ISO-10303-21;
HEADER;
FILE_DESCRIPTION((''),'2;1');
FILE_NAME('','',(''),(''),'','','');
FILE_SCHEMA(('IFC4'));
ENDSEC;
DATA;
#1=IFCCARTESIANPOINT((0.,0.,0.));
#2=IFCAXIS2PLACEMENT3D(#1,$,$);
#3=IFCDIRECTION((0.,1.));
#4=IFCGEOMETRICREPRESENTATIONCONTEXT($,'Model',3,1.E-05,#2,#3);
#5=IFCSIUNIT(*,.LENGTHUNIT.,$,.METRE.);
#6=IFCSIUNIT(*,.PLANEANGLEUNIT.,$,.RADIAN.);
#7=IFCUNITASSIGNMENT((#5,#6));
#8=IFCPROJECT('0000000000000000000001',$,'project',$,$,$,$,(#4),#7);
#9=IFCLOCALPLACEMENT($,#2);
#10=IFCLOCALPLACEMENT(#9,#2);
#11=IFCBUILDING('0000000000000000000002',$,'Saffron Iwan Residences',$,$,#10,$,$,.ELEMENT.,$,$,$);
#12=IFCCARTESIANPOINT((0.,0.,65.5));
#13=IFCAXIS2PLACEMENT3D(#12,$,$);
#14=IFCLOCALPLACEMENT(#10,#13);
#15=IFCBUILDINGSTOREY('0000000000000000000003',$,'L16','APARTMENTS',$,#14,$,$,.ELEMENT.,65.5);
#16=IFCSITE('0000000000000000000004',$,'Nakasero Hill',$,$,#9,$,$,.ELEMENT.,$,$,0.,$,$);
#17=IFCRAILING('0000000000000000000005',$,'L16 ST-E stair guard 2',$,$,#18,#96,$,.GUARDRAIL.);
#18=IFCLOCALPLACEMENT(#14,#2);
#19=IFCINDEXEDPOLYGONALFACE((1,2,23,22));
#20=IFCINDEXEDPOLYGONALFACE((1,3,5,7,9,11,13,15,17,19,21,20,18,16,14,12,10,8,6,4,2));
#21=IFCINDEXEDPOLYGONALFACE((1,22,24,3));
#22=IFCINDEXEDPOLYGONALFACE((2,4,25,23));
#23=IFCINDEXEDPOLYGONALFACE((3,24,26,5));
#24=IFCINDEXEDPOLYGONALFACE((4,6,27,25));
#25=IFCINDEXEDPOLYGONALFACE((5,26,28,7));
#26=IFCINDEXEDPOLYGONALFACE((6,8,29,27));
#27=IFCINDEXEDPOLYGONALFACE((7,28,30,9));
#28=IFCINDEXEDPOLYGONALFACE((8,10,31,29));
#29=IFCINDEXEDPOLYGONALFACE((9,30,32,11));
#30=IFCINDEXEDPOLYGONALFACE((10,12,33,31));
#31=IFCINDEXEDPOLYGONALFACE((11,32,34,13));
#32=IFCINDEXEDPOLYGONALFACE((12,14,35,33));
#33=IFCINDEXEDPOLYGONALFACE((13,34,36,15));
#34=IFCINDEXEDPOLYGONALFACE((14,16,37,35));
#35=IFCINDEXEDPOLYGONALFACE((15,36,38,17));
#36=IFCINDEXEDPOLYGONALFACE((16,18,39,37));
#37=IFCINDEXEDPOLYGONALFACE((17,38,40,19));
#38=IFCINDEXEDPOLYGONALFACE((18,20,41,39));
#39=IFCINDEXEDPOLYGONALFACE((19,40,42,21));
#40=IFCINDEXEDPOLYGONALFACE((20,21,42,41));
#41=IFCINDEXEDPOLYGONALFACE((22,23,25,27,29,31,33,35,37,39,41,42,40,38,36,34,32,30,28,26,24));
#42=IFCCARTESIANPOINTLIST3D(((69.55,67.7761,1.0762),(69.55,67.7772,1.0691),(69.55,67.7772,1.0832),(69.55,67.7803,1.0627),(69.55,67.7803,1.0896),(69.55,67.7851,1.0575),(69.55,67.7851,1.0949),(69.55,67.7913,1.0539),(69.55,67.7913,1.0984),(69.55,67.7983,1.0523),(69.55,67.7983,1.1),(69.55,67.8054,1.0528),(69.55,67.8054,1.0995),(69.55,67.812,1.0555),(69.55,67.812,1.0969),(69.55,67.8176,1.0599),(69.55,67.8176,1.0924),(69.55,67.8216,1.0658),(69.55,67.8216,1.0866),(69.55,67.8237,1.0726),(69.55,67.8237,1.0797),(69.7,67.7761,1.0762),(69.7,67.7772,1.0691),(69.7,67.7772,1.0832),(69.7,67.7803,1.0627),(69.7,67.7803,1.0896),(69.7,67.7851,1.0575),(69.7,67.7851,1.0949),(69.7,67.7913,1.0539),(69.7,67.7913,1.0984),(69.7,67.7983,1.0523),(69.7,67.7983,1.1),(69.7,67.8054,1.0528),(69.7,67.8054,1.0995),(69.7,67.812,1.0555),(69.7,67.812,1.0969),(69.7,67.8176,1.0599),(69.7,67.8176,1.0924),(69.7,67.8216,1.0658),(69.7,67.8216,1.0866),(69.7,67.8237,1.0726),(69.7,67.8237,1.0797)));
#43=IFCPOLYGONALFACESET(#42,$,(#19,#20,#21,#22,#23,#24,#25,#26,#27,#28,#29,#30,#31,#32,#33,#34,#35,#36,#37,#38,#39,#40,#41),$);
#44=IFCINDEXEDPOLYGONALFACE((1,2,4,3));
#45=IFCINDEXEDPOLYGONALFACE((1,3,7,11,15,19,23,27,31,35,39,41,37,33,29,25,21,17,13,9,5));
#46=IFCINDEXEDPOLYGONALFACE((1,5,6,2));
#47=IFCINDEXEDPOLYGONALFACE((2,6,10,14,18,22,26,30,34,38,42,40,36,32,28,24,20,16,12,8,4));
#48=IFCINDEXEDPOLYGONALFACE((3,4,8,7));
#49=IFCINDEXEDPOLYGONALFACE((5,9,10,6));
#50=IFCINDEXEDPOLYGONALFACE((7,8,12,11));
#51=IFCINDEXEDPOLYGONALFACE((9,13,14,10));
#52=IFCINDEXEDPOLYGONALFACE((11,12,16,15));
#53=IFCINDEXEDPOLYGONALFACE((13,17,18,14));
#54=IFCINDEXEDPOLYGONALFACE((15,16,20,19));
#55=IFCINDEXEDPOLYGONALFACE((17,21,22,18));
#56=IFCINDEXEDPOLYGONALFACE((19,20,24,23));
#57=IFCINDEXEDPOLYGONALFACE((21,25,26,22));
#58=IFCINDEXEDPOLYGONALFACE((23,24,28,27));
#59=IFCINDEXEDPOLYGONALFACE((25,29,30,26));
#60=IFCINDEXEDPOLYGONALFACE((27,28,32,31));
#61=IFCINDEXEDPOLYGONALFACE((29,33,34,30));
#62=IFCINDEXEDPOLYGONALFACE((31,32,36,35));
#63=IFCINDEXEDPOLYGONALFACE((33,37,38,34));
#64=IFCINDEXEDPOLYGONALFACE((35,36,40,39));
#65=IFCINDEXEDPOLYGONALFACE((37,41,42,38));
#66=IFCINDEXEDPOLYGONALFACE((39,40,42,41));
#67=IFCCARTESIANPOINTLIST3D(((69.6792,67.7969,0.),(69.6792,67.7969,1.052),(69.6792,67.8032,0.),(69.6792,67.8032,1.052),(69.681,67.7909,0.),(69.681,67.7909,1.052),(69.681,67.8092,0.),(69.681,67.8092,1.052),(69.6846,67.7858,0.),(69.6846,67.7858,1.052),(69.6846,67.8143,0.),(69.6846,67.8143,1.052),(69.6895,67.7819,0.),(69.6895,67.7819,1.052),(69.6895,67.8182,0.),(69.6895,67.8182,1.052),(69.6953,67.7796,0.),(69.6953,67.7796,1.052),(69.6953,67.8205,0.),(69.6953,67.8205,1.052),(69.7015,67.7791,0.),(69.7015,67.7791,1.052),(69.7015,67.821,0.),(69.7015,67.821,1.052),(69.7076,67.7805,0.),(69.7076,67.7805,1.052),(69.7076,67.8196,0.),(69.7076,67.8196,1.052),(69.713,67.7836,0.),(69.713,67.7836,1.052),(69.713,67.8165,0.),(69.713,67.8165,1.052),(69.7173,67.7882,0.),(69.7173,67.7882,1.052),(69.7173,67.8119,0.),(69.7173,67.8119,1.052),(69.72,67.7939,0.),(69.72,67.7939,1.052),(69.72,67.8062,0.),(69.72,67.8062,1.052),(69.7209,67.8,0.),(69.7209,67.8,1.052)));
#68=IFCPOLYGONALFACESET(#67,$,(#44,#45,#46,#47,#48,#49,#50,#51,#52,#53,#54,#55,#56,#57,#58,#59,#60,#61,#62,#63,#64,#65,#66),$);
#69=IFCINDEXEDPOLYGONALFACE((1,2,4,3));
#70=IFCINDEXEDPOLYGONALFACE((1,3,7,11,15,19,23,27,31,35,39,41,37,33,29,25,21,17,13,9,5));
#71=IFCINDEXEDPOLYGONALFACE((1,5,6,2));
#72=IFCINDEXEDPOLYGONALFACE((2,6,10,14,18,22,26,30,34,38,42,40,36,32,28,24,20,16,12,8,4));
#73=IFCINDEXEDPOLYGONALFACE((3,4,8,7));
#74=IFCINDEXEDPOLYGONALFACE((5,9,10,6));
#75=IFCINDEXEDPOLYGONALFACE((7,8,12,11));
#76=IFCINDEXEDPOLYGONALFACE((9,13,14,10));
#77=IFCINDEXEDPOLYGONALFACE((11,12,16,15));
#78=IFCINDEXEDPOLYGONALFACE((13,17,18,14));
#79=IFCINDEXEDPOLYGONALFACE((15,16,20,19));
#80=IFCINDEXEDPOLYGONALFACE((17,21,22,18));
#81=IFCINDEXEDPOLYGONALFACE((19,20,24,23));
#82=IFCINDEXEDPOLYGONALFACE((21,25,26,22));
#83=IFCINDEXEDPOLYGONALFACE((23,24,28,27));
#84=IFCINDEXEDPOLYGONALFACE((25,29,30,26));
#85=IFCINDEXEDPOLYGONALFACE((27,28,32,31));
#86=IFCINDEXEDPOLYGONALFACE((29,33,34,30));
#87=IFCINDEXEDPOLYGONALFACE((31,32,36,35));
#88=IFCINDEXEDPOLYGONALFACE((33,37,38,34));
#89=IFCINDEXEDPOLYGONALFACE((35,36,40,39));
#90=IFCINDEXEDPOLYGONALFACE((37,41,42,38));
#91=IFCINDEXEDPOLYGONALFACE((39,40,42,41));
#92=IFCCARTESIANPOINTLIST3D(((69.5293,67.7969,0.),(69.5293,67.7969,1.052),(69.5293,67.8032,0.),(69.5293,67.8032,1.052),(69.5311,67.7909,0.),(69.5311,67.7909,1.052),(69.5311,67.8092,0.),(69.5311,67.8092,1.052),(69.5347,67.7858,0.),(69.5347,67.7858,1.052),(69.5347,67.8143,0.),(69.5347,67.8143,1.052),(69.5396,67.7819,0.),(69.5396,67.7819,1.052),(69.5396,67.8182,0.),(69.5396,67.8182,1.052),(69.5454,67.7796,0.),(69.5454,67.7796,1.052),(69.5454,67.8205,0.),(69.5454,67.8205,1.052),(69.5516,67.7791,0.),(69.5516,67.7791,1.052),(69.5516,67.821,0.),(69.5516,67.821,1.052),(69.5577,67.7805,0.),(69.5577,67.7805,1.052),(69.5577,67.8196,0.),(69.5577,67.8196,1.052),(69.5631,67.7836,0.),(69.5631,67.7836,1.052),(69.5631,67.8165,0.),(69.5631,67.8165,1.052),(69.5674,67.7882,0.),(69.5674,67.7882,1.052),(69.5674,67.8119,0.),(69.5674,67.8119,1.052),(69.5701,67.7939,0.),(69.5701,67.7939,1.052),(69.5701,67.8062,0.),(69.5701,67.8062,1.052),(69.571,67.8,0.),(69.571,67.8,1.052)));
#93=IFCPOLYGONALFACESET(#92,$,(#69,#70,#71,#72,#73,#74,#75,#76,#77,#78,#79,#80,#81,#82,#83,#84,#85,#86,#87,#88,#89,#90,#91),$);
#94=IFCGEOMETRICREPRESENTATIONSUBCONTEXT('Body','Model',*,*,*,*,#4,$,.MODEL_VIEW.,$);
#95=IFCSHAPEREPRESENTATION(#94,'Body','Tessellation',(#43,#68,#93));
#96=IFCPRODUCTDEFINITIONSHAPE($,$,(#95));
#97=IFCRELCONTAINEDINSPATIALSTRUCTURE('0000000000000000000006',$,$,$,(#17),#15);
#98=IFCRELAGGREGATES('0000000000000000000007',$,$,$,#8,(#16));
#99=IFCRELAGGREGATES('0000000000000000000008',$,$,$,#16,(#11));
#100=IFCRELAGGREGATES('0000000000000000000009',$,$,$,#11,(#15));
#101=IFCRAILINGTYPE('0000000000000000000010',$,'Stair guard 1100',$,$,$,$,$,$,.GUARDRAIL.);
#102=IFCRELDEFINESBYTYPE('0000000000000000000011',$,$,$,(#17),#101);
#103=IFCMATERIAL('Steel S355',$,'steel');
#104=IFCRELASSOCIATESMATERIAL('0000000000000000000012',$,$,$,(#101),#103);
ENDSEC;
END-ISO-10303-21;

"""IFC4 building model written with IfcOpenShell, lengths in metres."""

from ifc_helpers import new_model, si_unit, direction, frame, origin, origin_2d, place, context, subcontext, project, spatial, circle, extrude, material, type_object, element, save


model = new_model("IFC4")

# Units and contexts
model_context = context("Model", 3, precision=1e-05, world=origin(), true_north=direction((0.0, 1.0)))
body_context = subcontext(model_context, "Body", "Model", "MODEL_VIEW")
ifc_project = project(units=[si_unit("LENGTHUNIT", "METRE"), si_unit("PLANEANGLEUNIT", "RADIAN")], contexts=[model_context])

# Site, building, storey
site_placement = place(None, origin())
site = spatial("IfcSite", under=ifc_project, at=site_placement, Name="Nakasero Hill", CompositionType="ELEMENT", RefElevation=0.0)
building_placement = place(site_placement, origin())
building = spatial("IfcBuilding", under=site, at=building_placement, Name="Saffron Iwan Residences", CompositionType="ELEMENT")
storey_placement = place(building_placement, frame((0.0, 0.0, 65.5)))
storey = spatial("IfcBuildingStorey", under=building, at=storey_placement, Name="L16", Description="APARTMENTS", CompositionType="ELEMENT", Elevation=65.5)

# Railing
ifc_material_1 = material(Name="Steel S355", Category="steel")
railing_type_1 = type_object("IfcRailingType", Name="Stair guard 1100", PredefinedType="GUARDRAIL", material=ifc_material_1)
railing_1_placement = place(storey_placement, frame((69.7, 67.8, 0.0)))
element("IfcRailing", 1, at=railing_1_placement, inside=storey, type_object=railing_type_1, Name="L16 ST-E stair guard 2", PredefinedType="GUARDRAIL", context=body_context, shape_type="SweptSolid", body=[
    extrude(circle(Radius=0.0239, at=origin_2d()), frame((0.0, 0.0, 1.0762), z_axis=(-1.0, 0.0, 0.0), x_axis=(0.0, -1.0, 0.0)), (0.0, 0.0, 1.0), 0.1499),
    extrude(circle(Radius=0.021, at=origin_2d()), origin(), (0.0, 0.0, 1.0), 1.052),
    extrude(circle(Radius=0.021, at=origin_2d()), frame((-0.1499, 0.0, 0.0)), (0.0, 0.0, 1.0), 1.052),
])

save(model, "model.ifc")
